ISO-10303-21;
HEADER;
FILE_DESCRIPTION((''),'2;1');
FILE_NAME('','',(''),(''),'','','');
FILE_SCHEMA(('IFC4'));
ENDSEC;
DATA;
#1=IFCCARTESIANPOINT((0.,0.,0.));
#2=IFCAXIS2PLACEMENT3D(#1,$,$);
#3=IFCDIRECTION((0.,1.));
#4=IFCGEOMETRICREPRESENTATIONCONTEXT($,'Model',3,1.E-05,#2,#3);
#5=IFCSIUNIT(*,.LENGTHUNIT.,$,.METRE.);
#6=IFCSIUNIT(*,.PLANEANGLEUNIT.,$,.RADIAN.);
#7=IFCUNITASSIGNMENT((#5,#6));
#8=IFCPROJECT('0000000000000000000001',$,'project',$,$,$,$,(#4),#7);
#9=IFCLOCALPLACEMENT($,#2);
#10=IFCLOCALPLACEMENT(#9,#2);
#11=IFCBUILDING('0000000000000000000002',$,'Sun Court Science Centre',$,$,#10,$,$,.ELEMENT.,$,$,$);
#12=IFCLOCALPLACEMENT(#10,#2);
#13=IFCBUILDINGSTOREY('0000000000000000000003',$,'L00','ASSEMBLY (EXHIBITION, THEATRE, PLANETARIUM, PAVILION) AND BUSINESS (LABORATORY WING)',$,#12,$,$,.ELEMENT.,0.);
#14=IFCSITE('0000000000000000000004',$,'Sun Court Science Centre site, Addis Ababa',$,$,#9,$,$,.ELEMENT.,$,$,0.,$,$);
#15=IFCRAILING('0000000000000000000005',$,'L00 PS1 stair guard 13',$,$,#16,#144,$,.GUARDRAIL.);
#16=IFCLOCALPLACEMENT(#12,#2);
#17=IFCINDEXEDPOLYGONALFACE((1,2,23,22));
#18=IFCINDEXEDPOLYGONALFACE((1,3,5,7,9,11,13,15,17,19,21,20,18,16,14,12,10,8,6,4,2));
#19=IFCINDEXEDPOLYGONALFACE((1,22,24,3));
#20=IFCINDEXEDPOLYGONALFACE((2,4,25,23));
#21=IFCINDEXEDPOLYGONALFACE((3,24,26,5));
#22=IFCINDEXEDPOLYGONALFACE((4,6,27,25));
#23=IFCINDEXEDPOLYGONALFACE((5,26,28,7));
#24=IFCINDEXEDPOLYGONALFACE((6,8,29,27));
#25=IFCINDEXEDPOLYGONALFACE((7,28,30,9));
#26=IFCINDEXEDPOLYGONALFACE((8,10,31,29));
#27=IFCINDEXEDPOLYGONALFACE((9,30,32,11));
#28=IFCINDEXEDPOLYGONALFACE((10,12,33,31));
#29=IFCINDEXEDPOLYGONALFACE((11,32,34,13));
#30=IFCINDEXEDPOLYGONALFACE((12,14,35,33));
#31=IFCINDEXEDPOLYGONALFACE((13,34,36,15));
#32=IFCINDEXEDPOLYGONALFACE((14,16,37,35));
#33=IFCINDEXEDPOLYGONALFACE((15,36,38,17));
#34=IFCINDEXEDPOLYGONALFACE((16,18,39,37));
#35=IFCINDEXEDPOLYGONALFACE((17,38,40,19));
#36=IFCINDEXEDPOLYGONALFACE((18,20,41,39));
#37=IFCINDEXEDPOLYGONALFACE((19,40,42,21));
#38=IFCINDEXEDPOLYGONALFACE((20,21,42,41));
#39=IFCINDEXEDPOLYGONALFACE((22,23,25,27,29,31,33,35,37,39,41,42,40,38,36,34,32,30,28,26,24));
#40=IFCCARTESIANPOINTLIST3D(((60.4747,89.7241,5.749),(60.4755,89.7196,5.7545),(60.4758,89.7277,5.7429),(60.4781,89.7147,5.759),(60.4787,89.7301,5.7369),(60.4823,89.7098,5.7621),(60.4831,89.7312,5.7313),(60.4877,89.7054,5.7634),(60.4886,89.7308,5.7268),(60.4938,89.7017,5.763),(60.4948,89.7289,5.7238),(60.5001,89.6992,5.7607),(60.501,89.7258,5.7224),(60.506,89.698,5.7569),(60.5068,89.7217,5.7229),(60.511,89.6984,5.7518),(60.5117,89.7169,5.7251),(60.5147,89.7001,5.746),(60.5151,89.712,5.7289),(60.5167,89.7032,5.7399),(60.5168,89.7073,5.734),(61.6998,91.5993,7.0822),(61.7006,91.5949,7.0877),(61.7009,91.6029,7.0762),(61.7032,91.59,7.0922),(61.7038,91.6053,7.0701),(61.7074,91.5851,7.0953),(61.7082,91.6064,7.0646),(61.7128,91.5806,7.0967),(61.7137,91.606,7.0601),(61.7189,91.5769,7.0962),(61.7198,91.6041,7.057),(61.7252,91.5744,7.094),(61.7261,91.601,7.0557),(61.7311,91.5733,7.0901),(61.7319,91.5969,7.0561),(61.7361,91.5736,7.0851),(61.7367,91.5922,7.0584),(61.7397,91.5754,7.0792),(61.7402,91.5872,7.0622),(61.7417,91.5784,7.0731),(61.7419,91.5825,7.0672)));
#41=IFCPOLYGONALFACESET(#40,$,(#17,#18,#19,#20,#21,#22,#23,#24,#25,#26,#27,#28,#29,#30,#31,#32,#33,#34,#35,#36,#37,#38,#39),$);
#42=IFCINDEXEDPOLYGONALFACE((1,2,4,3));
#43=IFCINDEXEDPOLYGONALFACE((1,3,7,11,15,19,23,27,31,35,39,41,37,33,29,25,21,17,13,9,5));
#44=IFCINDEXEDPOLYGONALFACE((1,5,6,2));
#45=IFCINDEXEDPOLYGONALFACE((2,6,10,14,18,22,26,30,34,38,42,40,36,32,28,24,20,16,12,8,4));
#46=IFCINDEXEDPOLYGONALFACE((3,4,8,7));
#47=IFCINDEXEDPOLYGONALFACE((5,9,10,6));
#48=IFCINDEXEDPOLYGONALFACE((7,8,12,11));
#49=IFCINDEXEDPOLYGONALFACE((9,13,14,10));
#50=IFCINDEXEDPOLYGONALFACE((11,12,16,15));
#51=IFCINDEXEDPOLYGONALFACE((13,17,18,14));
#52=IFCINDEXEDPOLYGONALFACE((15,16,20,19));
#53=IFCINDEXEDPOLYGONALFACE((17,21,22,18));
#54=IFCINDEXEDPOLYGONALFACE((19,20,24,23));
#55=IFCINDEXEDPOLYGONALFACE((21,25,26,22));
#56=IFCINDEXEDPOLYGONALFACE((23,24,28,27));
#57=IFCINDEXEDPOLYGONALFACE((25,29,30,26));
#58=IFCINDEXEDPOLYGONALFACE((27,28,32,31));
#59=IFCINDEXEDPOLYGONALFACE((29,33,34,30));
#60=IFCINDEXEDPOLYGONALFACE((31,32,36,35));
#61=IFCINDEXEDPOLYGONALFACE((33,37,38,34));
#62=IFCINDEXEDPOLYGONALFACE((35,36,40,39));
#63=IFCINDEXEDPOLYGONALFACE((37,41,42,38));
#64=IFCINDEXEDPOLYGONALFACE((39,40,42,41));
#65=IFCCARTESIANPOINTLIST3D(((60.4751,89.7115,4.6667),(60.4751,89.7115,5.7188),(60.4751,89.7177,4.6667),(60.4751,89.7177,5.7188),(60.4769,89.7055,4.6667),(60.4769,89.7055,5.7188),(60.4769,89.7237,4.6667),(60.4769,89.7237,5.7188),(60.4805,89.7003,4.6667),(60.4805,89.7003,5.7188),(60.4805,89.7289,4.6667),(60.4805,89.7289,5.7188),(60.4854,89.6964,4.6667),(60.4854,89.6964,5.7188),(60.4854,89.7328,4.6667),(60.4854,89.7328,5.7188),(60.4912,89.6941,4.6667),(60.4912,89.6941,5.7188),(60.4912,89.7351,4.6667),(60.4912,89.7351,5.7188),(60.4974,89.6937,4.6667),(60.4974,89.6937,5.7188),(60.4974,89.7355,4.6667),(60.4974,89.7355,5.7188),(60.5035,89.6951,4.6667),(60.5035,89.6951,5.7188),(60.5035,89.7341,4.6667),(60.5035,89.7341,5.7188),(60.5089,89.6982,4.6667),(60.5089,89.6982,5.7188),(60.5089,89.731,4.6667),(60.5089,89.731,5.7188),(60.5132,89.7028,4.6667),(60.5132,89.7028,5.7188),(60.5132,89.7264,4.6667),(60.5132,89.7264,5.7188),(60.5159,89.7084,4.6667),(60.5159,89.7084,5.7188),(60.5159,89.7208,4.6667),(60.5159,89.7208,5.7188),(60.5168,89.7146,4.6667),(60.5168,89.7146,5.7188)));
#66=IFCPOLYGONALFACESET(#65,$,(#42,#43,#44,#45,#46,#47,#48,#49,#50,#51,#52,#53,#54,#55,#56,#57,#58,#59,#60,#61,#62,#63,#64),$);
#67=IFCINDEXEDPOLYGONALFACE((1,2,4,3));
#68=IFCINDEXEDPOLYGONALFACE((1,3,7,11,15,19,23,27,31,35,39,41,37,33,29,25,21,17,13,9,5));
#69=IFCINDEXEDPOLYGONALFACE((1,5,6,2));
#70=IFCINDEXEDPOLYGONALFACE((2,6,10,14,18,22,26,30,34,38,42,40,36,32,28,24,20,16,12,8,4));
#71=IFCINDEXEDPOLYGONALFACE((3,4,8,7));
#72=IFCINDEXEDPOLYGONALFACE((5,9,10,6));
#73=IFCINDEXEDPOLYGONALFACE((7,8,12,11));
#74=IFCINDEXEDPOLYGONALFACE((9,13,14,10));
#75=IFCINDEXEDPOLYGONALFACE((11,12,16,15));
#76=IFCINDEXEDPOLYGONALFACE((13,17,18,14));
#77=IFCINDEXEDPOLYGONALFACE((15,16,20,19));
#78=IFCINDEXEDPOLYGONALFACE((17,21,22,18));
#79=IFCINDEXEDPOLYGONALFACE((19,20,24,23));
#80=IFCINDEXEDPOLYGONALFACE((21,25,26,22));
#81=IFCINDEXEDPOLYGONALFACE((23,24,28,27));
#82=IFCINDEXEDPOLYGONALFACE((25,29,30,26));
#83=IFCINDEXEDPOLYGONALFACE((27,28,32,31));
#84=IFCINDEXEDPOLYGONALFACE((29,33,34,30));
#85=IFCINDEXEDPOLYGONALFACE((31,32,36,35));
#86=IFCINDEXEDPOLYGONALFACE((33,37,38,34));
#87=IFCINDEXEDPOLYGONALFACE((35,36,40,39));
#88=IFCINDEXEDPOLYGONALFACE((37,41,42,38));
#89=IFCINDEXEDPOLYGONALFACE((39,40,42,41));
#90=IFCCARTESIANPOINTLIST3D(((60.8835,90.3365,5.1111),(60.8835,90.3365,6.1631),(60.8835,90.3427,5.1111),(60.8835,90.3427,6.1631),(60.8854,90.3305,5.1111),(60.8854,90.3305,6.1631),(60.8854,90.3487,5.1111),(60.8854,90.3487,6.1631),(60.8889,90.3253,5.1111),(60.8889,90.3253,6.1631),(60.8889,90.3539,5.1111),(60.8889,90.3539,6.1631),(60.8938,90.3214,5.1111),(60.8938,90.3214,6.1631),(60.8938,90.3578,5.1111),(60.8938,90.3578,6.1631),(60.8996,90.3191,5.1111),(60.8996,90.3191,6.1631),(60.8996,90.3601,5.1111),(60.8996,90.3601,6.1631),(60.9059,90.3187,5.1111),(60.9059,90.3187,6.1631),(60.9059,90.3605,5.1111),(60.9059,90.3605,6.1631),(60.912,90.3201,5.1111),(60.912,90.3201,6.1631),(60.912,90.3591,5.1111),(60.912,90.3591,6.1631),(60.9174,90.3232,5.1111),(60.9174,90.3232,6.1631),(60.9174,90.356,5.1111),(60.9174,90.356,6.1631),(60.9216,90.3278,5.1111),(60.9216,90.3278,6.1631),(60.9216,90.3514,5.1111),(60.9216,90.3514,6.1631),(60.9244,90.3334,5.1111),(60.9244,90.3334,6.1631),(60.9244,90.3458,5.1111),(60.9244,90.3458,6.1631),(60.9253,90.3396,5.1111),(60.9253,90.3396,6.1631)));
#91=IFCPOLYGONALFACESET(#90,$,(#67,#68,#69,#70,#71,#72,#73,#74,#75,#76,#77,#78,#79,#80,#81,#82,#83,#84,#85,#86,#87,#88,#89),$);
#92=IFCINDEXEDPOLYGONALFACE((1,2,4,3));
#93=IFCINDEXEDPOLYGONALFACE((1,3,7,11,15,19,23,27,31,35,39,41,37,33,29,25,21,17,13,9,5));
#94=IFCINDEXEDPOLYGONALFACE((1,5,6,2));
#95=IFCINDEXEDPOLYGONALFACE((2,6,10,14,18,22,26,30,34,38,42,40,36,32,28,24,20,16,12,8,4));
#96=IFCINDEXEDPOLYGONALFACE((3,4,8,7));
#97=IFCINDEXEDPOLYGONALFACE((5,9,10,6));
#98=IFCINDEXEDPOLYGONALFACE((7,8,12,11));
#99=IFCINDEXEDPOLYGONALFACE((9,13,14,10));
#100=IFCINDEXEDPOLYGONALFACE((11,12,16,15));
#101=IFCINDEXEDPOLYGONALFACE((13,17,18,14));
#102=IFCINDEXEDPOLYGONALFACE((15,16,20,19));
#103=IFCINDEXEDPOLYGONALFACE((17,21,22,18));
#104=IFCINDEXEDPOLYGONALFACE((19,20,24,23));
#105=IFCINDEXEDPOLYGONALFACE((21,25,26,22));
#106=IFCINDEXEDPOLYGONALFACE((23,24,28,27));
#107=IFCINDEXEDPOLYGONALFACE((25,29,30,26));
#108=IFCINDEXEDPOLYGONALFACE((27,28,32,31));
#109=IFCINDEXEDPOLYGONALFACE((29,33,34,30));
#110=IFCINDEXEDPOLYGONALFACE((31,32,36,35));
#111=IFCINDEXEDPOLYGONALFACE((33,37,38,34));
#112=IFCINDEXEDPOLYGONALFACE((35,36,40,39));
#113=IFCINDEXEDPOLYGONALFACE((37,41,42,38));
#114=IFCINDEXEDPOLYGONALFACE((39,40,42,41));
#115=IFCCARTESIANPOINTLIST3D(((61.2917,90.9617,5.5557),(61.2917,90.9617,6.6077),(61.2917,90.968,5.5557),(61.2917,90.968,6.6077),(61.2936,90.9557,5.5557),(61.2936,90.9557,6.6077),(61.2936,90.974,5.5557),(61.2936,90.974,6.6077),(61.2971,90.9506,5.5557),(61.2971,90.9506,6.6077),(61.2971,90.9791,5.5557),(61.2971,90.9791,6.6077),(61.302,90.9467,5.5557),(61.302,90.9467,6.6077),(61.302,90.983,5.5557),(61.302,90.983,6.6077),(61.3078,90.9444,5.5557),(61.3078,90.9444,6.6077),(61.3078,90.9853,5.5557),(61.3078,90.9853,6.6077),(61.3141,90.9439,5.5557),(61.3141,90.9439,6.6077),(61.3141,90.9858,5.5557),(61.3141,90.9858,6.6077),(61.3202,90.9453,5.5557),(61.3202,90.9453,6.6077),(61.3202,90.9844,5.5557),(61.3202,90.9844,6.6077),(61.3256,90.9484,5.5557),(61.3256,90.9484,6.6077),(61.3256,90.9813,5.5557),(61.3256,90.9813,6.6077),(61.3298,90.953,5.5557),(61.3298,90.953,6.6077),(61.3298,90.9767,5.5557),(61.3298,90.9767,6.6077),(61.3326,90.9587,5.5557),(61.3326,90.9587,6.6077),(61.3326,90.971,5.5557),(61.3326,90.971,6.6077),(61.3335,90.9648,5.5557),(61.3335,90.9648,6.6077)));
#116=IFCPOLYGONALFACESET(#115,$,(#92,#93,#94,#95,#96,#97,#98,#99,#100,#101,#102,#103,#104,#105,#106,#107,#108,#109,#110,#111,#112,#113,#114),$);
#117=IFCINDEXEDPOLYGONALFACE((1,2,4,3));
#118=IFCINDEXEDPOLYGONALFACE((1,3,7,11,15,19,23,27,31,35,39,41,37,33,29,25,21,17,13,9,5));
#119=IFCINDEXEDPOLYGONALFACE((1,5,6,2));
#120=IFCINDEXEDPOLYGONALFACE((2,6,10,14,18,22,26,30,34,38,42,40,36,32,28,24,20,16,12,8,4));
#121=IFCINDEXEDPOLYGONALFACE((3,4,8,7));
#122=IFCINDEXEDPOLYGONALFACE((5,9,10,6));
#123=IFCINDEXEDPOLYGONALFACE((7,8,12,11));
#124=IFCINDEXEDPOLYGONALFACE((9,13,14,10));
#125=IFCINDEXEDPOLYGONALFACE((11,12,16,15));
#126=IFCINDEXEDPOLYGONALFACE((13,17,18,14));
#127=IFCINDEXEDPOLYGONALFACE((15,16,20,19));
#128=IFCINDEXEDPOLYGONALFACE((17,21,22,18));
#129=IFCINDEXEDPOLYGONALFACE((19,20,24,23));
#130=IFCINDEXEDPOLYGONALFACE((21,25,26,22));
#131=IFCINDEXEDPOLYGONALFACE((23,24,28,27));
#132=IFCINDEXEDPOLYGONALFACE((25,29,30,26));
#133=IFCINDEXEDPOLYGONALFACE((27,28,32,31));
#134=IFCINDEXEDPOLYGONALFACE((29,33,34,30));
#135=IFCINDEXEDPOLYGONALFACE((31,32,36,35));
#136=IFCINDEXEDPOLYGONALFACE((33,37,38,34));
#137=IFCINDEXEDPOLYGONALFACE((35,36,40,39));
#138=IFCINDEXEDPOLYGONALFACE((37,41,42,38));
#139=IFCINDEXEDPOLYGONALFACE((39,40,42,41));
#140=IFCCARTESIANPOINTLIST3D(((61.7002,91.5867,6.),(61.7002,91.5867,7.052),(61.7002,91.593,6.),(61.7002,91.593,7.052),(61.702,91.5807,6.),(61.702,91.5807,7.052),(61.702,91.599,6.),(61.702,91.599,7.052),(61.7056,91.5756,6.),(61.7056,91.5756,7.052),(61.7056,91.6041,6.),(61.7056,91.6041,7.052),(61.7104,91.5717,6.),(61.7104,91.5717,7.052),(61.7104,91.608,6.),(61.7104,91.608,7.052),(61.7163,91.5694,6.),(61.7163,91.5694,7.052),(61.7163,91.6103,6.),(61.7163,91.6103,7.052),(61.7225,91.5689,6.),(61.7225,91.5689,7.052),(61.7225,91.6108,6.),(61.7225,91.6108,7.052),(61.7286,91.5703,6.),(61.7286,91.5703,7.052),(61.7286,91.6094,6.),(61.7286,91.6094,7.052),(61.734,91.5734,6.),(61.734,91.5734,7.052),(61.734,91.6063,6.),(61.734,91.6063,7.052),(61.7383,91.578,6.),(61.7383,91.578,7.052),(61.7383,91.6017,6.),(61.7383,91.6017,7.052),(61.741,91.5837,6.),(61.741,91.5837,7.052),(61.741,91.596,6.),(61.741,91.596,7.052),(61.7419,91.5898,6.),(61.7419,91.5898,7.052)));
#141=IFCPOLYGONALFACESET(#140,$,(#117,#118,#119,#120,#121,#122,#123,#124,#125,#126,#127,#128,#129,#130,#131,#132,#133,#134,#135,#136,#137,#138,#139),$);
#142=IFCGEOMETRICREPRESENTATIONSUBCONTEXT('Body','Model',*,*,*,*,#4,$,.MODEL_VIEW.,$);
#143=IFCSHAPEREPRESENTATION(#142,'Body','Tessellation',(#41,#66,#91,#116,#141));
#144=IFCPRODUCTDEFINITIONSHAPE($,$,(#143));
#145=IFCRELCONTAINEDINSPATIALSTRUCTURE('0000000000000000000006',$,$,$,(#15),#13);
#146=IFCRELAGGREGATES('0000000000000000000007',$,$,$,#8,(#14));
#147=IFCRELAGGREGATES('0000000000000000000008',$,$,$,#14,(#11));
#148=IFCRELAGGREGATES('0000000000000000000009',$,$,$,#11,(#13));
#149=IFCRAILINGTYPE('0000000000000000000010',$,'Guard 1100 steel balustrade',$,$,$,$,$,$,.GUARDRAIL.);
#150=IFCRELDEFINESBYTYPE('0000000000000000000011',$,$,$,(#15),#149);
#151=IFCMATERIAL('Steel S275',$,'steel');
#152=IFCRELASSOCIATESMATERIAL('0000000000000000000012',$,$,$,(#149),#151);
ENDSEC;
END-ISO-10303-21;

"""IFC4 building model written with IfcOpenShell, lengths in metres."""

from ifc_helpers import new_model, si_unit, direction, frame, origin, origin_2d, place, context, subcontext, project, spatial, circle, extrude, material, type_object, element, save


model = new_model("IFC4")

# Units and contexts
model_context = context("Model", 3, precision=1e-05, world=origin(), true_north=direction((0.0, 1.0)))
body_context = subcontext(model_context, "Body", "Model", "MODEL_VIEW")
ifc_project = project(units=[si_unit("LENGTHUNIT", "METRE"), si_unit("PLANEANGLEUNIT", "RADIAN")], contexts=[model_context])

# Site, building, storey
site_placement = place(None, origin())
site = spatial("IfcSite", under=ifc_project, at=site_placement, Name="Sun Court Science Centre site, Addis Ababa", CompositionType="ELEMENT", RefElevation=0.0)
building_placement = place(site_placement, origin())
building = spatial("IfcBuilding", under=site, at=building_placement, Name="Sun Court Science Centre", CompositionType="ELEMENT")
storey_placement = place(building_placement, origin())
storey = spatial("IfcBuildingStorey", under=building, at=storey_placement, Name="L00", Description="ASSEMBLY (EXHIBITION, THEATRE, PLANETARIUM, PAVILION) AND BUSINESS (LABORATORY WING)", CompositionType="ELEMENT", Elevation=0.0)

# Railing
ifc_material_1 = material(Name="Steel S275", Category="steel")
railing_type = type_object("IfcRailingType", Name="Guard 1100 steel balustrade", PredefinedType="GUARDRAIL", material=ifc_material_1)
railing_1_placement = place(storey_placement, frame((60.4958, 89.7146, 4.6667)))
element("IfcRailing", 1, at=railing_1_placement, inside=storey, type_object=railing_type, Name="L00 PS1 stair guard 13", PredefinedType="GUARDRAIL", context=body_context, shape_type="SweptSolid", body=[
    extrude(circle(Radius=0.0239, at=origin_2d()), frame((0.0, 0.0, 1.0762), z_axis=(0.469978, 0.71939, 0.511468), x_axis=(-0.837179, 0.546929, 0.0)), (0.0, 0.0, 1.0), 2.6067),
    extrude(circle(Radius=0.021, at=origin_2d()), origin(), (0.0, 0.0, 1.0), 1.052),
    extrude(circle(Radius=0.021, at=origin_2d()), frame((0.4084, 0.625, 0.4443)), (0.0, 0.0, 1.0), 1.052),
    extrude(circle(Radius=0.021, at=origin_2d()), frame((0.8167, 1.2502, 0.8889)), (0.0, 0.0, 1.0), 1.052),
    extrude(circle(Radius=0.021, at=origin_2d()), frame((1.2251, 1.8752, 1.3333)), (0.0, 0.0, 1.0), 1.052),
])

save(model, "model.ifc")
